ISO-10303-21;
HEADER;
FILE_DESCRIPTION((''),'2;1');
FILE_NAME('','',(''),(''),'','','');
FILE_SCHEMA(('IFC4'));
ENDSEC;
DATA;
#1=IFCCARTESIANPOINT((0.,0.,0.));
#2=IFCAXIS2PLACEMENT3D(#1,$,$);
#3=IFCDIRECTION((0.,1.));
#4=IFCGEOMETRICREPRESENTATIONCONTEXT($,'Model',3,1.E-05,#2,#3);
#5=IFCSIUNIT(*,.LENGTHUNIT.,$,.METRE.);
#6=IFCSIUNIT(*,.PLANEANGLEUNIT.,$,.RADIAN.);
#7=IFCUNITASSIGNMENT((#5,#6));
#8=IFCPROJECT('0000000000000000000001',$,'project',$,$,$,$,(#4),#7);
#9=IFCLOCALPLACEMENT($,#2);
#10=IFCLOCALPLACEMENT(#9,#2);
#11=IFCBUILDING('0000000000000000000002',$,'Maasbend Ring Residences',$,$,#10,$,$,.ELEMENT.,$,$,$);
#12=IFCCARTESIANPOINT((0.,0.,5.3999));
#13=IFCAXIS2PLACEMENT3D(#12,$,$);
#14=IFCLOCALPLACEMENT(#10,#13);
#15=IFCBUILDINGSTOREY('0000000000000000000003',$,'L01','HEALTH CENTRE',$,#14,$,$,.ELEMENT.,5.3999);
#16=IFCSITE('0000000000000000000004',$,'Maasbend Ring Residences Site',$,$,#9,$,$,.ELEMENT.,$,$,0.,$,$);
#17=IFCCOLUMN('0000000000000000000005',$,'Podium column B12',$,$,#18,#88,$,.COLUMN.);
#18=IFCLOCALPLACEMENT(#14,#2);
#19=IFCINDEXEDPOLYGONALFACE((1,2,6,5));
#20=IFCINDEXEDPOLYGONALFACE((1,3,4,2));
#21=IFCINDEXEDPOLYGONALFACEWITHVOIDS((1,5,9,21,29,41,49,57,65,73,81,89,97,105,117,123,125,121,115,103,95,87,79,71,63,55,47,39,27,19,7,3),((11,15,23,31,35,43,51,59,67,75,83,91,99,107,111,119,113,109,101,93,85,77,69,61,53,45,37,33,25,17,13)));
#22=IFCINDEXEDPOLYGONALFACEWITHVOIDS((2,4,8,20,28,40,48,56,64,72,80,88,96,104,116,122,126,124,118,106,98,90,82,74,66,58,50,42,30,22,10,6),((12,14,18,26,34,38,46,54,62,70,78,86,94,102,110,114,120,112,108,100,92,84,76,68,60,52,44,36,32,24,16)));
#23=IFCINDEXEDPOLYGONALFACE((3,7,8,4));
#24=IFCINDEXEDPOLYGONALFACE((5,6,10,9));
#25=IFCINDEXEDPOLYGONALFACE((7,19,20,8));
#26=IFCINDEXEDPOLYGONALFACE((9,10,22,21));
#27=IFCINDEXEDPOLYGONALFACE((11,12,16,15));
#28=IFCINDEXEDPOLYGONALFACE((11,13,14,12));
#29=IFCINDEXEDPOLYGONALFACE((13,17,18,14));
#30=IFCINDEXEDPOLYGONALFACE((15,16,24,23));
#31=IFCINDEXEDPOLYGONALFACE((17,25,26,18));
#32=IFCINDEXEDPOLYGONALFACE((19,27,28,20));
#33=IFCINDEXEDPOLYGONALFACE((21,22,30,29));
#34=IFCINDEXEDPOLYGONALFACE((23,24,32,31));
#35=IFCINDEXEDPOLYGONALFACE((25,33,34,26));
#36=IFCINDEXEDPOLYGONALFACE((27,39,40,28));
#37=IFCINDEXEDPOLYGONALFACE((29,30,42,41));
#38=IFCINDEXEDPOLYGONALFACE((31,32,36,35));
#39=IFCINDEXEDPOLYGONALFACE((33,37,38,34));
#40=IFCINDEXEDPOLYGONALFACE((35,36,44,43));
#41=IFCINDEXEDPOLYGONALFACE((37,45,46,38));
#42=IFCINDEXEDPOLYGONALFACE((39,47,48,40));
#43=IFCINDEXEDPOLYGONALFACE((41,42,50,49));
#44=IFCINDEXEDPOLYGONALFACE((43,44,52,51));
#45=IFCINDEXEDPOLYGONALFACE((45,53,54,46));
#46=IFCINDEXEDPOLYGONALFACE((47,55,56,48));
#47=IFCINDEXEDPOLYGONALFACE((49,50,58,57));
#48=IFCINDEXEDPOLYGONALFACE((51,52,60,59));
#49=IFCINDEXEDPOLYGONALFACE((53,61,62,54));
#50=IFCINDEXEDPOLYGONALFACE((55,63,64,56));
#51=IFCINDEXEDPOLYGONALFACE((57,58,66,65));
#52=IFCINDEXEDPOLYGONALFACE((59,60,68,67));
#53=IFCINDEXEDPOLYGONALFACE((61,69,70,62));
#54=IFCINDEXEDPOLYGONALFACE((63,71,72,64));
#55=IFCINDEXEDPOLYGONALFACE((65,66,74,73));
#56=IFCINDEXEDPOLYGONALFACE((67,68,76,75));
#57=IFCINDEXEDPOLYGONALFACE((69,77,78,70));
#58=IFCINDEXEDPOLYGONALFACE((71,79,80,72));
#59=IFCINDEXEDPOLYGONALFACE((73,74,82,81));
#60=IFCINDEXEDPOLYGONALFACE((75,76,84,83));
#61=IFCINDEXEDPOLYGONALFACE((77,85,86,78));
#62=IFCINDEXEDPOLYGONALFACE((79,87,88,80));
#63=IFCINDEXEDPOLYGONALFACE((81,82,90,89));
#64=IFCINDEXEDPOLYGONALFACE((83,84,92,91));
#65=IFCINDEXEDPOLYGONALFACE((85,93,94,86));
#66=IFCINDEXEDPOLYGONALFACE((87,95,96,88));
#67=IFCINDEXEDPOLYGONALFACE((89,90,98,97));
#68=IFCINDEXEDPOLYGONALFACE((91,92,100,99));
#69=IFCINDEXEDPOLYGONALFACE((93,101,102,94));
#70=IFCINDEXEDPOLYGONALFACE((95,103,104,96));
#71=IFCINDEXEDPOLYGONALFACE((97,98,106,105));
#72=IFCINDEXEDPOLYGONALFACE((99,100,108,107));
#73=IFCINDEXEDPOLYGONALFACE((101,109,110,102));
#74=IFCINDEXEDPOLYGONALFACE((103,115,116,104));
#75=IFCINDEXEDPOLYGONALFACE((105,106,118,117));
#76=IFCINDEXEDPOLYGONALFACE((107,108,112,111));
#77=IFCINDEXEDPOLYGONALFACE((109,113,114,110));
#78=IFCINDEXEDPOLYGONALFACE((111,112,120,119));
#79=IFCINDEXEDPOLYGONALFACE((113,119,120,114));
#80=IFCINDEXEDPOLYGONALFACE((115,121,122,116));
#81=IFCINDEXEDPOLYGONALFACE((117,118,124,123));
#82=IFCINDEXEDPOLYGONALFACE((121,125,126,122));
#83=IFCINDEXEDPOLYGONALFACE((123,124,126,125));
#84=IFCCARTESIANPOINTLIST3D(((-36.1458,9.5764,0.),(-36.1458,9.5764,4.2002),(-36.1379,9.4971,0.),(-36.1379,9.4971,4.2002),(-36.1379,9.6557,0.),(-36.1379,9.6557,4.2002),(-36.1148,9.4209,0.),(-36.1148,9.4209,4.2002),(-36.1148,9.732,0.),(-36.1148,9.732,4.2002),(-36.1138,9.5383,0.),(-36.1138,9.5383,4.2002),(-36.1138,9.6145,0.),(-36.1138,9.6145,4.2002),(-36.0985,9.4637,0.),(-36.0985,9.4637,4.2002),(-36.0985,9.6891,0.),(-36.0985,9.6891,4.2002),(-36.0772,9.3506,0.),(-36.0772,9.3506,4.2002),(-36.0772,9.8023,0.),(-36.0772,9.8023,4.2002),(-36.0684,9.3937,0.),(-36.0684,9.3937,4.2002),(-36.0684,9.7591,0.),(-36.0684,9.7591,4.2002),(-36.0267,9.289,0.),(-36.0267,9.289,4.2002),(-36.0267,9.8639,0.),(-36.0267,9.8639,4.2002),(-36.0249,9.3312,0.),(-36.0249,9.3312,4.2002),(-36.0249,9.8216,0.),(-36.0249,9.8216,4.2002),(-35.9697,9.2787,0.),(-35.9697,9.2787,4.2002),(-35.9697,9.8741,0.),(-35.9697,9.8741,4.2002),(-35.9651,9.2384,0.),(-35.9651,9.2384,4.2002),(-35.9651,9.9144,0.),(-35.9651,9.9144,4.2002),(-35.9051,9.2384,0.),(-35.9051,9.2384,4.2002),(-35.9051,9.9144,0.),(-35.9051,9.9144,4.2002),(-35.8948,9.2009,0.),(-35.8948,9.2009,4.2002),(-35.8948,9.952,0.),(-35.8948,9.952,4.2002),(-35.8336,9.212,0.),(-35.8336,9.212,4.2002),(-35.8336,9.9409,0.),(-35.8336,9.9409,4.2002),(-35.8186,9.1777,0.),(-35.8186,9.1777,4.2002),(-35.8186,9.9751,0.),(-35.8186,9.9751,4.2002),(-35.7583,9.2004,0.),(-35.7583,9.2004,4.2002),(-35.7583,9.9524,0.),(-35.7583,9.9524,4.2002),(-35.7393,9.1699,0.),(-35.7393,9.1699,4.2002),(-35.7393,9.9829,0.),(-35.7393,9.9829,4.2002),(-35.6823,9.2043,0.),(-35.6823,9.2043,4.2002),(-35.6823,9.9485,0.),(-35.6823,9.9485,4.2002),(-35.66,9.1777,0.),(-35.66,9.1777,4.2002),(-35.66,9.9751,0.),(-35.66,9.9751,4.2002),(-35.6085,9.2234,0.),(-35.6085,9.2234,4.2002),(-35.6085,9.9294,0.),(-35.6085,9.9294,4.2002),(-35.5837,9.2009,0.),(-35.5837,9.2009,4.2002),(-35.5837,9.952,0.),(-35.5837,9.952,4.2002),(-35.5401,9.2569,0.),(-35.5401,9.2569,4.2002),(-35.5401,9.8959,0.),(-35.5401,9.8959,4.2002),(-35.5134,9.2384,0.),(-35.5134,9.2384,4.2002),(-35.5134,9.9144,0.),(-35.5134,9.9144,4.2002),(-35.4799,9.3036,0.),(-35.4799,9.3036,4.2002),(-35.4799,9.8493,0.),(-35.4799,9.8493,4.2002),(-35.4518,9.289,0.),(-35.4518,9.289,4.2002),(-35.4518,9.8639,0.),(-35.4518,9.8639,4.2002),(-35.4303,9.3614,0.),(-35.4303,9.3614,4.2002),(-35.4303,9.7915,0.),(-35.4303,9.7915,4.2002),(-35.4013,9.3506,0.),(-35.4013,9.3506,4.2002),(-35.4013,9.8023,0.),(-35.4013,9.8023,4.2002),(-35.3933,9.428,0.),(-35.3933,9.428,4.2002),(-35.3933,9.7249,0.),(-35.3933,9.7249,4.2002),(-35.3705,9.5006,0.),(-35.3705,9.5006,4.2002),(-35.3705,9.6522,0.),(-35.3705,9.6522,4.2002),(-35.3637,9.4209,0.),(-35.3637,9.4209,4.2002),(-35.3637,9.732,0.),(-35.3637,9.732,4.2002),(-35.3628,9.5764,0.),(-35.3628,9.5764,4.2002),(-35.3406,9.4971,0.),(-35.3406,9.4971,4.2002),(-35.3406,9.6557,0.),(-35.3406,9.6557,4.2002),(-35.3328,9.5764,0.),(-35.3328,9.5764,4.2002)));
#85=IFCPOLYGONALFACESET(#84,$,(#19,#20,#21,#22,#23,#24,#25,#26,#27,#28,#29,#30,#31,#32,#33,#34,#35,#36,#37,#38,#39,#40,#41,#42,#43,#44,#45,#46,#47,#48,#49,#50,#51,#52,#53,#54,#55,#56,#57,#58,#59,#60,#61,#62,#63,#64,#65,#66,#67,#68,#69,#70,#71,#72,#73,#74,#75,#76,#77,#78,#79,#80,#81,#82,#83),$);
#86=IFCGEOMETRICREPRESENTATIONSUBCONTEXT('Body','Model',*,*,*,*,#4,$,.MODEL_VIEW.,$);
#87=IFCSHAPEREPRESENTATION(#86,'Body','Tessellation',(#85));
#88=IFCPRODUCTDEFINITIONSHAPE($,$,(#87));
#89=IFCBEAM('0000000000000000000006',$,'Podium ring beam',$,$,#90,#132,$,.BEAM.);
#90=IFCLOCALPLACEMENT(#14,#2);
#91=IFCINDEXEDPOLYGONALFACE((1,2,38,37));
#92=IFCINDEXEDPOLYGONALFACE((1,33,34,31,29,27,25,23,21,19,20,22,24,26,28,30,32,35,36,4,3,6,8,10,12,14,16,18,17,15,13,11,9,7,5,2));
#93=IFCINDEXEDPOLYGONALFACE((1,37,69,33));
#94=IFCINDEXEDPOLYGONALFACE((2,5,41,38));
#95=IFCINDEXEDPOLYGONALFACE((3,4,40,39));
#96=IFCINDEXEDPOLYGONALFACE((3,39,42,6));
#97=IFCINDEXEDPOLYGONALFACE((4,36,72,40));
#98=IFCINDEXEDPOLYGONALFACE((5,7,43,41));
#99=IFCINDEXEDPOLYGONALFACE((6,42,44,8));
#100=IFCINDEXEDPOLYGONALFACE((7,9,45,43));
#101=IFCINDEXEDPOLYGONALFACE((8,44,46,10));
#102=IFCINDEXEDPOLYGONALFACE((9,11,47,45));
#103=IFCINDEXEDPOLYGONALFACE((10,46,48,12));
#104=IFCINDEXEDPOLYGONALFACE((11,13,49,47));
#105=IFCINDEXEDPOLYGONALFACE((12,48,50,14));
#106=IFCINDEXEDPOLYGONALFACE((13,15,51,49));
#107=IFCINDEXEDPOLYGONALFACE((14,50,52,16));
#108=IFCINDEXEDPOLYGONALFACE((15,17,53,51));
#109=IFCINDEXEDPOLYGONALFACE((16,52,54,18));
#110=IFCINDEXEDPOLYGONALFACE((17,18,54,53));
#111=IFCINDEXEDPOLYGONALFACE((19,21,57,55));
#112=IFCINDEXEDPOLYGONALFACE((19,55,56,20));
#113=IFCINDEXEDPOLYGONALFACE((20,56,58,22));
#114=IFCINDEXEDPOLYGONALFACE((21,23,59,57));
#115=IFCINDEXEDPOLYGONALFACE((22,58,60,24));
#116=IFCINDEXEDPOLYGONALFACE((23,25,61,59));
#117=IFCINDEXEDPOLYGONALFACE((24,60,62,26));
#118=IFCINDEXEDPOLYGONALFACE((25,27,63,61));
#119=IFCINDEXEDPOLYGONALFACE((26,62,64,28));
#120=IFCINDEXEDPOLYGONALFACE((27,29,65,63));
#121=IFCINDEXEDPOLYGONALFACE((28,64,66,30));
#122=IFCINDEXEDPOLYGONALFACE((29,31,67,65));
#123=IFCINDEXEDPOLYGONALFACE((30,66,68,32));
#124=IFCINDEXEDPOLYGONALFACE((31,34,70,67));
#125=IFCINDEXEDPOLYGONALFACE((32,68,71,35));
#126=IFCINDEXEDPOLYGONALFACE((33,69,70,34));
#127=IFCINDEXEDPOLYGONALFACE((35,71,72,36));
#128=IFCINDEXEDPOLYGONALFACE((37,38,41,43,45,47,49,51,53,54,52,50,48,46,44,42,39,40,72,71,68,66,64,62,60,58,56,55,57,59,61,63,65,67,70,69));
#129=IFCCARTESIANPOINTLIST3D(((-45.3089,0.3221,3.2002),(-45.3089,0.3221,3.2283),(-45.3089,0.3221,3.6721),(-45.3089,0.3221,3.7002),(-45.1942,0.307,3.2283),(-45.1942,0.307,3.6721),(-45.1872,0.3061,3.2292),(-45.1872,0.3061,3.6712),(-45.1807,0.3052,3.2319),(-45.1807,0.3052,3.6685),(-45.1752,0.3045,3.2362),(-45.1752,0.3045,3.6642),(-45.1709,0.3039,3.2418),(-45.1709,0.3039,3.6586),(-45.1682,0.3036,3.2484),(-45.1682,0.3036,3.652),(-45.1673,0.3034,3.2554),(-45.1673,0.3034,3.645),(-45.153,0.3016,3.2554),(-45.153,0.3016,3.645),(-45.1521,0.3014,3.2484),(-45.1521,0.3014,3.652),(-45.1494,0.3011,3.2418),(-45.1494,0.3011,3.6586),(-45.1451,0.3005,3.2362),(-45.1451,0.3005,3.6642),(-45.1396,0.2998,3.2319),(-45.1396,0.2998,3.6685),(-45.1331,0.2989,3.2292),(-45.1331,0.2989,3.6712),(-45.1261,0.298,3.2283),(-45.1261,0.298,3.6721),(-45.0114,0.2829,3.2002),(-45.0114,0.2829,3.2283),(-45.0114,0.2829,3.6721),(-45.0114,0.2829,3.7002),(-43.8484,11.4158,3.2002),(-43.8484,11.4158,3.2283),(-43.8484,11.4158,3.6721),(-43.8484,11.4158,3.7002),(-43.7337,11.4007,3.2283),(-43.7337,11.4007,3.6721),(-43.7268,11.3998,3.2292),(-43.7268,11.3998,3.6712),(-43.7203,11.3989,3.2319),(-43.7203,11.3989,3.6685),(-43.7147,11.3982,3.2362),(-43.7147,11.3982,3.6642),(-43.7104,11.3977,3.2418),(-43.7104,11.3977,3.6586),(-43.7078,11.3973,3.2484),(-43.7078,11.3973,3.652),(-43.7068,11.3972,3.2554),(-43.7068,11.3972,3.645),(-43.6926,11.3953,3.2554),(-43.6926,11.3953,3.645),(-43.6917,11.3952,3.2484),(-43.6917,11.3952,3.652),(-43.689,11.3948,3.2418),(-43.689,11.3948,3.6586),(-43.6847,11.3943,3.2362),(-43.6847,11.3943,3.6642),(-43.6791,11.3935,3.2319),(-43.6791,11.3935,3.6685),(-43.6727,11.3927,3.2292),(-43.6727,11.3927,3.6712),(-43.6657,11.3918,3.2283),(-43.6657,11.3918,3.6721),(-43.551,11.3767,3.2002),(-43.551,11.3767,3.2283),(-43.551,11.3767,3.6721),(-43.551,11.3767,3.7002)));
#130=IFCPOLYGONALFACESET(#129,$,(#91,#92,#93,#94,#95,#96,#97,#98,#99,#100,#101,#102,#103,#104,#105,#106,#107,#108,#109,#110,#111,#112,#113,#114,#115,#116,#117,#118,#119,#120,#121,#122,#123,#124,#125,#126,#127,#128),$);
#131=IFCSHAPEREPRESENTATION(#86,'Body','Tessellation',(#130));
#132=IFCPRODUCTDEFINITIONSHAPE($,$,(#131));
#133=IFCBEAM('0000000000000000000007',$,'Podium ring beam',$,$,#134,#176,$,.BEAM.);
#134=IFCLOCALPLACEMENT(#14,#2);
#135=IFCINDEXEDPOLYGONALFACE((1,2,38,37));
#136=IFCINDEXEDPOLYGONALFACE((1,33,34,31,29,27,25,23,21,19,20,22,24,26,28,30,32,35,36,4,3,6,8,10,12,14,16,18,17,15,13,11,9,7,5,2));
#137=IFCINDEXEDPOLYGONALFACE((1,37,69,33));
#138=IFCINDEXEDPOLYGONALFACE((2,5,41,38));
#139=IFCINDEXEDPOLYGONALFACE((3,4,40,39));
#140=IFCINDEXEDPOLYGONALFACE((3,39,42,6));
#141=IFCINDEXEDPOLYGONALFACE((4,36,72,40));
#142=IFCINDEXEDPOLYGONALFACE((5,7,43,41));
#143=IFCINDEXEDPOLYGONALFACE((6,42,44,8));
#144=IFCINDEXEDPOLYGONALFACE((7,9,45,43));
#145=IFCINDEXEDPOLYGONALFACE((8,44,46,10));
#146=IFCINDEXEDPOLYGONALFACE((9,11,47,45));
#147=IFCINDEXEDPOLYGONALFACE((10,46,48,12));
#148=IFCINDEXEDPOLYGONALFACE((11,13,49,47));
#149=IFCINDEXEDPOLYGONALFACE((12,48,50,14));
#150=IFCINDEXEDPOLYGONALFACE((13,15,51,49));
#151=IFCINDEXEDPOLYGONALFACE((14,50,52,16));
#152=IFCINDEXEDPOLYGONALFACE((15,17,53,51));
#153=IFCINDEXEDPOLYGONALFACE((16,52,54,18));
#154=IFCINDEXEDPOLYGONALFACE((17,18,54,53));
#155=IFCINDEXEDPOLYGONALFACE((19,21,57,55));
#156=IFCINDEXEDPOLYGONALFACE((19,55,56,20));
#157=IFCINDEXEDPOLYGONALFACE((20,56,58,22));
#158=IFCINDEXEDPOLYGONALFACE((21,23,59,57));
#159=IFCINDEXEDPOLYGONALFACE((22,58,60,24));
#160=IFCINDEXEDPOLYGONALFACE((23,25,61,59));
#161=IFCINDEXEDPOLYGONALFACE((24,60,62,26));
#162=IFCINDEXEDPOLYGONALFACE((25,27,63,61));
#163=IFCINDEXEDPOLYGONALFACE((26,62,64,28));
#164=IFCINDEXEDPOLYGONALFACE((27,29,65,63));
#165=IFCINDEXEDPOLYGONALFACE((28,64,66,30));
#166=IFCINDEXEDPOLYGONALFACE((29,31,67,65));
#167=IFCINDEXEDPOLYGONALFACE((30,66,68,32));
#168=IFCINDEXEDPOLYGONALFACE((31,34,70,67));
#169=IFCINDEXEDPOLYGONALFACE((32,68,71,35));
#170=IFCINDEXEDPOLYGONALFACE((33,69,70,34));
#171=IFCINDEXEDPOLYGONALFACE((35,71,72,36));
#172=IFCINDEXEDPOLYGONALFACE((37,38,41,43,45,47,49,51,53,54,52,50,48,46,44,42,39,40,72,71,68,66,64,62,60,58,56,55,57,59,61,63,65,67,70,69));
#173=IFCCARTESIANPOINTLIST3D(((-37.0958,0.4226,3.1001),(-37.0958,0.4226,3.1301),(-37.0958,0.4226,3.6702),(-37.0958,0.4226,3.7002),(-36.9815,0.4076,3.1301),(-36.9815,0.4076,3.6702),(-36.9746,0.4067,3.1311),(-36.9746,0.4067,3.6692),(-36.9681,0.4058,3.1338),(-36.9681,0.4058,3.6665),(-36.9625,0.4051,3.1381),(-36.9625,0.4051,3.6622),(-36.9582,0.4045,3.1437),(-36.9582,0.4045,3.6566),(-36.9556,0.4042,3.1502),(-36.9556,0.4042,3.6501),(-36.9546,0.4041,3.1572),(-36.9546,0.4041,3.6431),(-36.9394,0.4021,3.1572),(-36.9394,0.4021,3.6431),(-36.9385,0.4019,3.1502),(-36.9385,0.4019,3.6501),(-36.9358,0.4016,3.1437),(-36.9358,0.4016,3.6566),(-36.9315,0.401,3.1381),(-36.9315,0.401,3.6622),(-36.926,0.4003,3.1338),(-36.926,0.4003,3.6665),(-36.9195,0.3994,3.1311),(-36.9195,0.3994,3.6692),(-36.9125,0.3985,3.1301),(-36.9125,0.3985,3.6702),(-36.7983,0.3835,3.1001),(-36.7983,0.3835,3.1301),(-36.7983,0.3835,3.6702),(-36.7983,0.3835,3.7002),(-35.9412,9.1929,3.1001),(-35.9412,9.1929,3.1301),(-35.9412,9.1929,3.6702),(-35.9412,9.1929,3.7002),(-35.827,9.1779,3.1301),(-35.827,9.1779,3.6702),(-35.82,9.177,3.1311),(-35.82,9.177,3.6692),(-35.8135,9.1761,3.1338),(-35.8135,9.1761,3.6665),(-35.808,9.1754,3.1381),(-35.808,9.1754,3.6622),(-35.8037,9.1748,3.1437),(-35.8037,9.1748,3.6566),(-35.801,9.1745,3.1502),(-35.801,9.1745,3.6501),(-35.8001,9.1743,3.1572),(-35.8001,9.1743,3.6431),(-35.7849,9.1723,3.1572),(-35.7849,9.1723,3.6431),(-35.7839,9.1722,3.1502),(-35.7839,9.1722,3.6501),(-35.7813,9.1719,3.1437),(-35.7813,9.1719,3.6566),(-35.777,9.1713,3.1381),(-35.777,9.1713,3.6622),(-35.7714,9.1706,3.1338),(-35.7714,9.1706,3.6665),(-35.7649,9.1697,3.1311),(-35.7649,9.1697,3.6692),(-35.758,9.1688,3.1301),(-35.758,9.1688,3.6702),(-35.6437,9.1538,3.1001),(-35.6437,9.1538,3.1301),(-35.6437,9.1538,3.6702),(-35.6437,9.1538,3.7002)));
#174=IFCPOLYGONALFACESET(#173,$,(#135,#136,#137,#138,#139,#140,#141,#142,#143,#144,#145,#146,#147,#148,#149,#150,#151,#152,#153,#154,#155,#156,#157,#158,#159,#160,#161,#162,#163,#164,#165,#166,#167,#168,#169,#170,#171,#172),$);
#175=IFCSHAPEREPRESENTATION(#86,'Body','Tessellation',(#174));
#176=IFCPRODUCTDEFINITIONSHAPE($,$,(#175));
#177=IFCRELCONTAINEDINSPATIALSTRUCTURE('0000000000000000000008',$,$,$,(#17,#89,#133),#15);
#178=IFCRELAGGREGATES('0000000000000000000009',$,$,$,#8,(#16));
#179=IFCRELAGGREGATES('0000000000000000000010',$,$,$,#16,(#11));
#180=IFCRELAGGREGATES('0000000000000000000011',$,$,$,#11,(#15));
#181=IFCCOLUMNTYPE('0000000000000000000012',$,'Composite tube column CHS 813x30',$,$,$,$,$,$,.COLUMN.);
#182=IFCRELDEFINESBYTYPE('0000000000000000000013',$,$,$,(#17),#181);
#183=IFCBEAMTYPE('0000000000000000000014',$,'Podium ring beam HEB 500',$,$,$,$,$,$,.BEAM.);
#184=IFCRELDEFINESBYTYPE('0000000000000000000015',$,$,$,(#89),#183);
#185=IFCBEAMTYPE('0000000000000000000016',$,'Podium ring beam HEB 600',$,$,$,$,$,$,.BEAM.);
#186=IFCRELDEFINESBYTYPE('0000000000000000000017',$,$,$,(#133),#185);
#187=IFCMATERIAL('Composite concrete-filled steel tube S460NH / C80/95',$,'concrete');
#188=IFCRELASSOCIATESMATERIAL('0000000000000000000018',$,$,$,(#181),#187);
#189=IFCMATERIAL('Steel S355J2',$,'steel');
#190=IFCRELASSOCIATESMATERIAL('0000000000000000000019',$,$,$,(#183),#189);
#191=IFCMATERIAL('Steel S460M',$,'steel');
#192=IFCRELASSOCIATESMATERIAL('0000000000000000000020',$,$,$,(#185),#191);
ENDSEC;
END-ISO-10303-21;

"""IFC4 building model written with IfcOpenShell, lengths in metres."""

from ifc_helpers import new_model, si_unit, direction, frame, origin, origin_2d, place, context, subcontext, project, spatial, hollow_circle, i_section, extrude, material, material_profile, profile_set, type_object, element, save


model = new_model("IFC4")

# Units and contexts
model_context = context("Model", 3, precision=1e-05, world=origin(), true_north=direction((0.0, 1.0)))
body_context = subcontext(model_context, "Body", "Model", "MODEL_VIEW")
ifc_project = project(units=[si_unit("LENGTHUNIT", "METRE"), si_unit("PLANEANGLEUNIT", "RADIAN")], contexts=[model_context])

# Site, building, storey
site_placement = place(None, origin())
site = spatial("IfcSite", under=ifc_project, at=site_placement, Name="Maasbend Ring Residences Site", CompositionType="ELEMENT", RefElevation=0.0)
building_placement = place(site_placement, origin())
building = spatial("IfcBuilding", under=site, at=building_placement, Name="Maasbend Ring Residences", CompositionType="ELEMENT")
storey_placement = place(building_placement, frame((0.0, 0.0, 5.3999)))
storey = spatial("IfcBuildingStorey", under=building, at=storey_placement, Name="L01", Description="HEALTH CENTRE", CompositionType="ELEMENT", Elevation=5.3999)

# Column
ifc_material_1 = material(Name="Composite concrete-filled steel tube S460NH / C80/95", Category="concrete")
ifc_material_profile_1 = material_profile(ifc_material_1, hollow_circle(Radius=0.4065, WallThickness=0.03, at=origin_2d()), Name="Composite tube column CHS 813x30")
ifc_profile_set_1 = profile_set([ifc_material_profile_1], Name="Composite concrete-filled steel tube S460NH / C80/95")
column_type_1 = type_object("IfcColumnType", Name="Composite tube column CHS 813x30", PredefinedType="COLUMN", material=ifc_profile_set_1)
column_1_placement = place(storey_placement, frame((-35.7393, 9.5764, 0.0), z_axis=(0.0, 0.0, 1.0), x_axis=(1.0, 0.0, 0.0)))
element("IfcColumn", 1, at=column_1_placement, inside=storey, type_object=column_type_1, Name="Podium column B12", PredefinedType="COLUMN", context=body_context, shape_type="SweptSolid", body=[
    extrude(hollow_circle(Radius=0.4065, WallThickness=0.03, at=origin_2d()), origin(), (0.0, 0.0, 1.0), 4.2002),
])

# Beams
ifc_material_2 = material(Name="Steel S355J2", Category="steel")
ifc_material_profile_2 = material_profile(ifc_material_2, i_section(OverallWidth=0.3, OverallDepth=0.5, WebThickness=0.0144, FlangeThickness=0.0281, FilletRadius=0.0271, at=origin_2d()), Name="HEB 500")
ifc_profile_set_2 = profile_set([ifc_material_profile_2], Name="Steel S355J2")
beam_type_1 = type_object("IfcBeamType", Name="Podium ring beam HEB 500", PredefinedType="BEAM", material=ifc_profile_set_2)
beam_1_placement = place(storey_placement, frame((-43.6997, 11.3962, 3.4502), z_axis=(-0.13052, -0.991446, 0.0), x_axis=(0.991446, -0.13052, 0.0)))
element("IfcBeam", 2, at=beam_1_placement, inside=storey, type_object=beam_type_1, Name="Podium ring beam", PredefinedType="BEAM", context=body_context, shape_type="SweptSolid", body=[
    extrude(i_section(OverallWidth=0.3, OverallDepth=0.5, WebThickness=0.0144, FlangeThickness=0.0281, FilletRadius=0.0271, at=origin_2d()), origin(), (0.0, 0.0, 1.0), 11.1895),
])
ifc_material_3 = material(Name="Steel S460M", Category="steel")
ifc_material_profile_3 = material_profile(ifc_material_3, i_section(OverallWidth=0.3, OverallDepth=0.6001, WebThickness=0.0154, FlangeThickness=0.03, FilletRadius=0.0271, at=origin_2d()), Name="HEB 600")
ifc_profile_set_3 = profile_set([ifc_material_profile_3], Name="Steel S460M")
beam_type_2 = type_object("IfcBeamType", Name="Podium ring beam HEB 600", PredefinedType="BEAM", material=ifc_profile_set_3)
beam_2_placement = place(storey_placement, frame((-35.7925, 9.1733, 3.4001), z_axis=(-0.130517, -0.991446, 0.0), x_axis=(0.991446, -0.130517, 0.0)))
element("IfcBeam", 3, at=beam_2_placement, inside=storey, type_object=beam_type_2, Name="Podium ring beam", PredefinedType="BEAM", context=body_context, shape_type="SweptSolid", body=[
    extrude(i_section(OverallWidth=0.3, OverallDepth=0.6001, WebThickness=0.0154, FlangeThickness=0.03, FilletRadius=0.0271, at=origin_2d()), origin(), (0.0, 0.0, 1.0), 8.8459),
])

save(model, "model.ifc")
